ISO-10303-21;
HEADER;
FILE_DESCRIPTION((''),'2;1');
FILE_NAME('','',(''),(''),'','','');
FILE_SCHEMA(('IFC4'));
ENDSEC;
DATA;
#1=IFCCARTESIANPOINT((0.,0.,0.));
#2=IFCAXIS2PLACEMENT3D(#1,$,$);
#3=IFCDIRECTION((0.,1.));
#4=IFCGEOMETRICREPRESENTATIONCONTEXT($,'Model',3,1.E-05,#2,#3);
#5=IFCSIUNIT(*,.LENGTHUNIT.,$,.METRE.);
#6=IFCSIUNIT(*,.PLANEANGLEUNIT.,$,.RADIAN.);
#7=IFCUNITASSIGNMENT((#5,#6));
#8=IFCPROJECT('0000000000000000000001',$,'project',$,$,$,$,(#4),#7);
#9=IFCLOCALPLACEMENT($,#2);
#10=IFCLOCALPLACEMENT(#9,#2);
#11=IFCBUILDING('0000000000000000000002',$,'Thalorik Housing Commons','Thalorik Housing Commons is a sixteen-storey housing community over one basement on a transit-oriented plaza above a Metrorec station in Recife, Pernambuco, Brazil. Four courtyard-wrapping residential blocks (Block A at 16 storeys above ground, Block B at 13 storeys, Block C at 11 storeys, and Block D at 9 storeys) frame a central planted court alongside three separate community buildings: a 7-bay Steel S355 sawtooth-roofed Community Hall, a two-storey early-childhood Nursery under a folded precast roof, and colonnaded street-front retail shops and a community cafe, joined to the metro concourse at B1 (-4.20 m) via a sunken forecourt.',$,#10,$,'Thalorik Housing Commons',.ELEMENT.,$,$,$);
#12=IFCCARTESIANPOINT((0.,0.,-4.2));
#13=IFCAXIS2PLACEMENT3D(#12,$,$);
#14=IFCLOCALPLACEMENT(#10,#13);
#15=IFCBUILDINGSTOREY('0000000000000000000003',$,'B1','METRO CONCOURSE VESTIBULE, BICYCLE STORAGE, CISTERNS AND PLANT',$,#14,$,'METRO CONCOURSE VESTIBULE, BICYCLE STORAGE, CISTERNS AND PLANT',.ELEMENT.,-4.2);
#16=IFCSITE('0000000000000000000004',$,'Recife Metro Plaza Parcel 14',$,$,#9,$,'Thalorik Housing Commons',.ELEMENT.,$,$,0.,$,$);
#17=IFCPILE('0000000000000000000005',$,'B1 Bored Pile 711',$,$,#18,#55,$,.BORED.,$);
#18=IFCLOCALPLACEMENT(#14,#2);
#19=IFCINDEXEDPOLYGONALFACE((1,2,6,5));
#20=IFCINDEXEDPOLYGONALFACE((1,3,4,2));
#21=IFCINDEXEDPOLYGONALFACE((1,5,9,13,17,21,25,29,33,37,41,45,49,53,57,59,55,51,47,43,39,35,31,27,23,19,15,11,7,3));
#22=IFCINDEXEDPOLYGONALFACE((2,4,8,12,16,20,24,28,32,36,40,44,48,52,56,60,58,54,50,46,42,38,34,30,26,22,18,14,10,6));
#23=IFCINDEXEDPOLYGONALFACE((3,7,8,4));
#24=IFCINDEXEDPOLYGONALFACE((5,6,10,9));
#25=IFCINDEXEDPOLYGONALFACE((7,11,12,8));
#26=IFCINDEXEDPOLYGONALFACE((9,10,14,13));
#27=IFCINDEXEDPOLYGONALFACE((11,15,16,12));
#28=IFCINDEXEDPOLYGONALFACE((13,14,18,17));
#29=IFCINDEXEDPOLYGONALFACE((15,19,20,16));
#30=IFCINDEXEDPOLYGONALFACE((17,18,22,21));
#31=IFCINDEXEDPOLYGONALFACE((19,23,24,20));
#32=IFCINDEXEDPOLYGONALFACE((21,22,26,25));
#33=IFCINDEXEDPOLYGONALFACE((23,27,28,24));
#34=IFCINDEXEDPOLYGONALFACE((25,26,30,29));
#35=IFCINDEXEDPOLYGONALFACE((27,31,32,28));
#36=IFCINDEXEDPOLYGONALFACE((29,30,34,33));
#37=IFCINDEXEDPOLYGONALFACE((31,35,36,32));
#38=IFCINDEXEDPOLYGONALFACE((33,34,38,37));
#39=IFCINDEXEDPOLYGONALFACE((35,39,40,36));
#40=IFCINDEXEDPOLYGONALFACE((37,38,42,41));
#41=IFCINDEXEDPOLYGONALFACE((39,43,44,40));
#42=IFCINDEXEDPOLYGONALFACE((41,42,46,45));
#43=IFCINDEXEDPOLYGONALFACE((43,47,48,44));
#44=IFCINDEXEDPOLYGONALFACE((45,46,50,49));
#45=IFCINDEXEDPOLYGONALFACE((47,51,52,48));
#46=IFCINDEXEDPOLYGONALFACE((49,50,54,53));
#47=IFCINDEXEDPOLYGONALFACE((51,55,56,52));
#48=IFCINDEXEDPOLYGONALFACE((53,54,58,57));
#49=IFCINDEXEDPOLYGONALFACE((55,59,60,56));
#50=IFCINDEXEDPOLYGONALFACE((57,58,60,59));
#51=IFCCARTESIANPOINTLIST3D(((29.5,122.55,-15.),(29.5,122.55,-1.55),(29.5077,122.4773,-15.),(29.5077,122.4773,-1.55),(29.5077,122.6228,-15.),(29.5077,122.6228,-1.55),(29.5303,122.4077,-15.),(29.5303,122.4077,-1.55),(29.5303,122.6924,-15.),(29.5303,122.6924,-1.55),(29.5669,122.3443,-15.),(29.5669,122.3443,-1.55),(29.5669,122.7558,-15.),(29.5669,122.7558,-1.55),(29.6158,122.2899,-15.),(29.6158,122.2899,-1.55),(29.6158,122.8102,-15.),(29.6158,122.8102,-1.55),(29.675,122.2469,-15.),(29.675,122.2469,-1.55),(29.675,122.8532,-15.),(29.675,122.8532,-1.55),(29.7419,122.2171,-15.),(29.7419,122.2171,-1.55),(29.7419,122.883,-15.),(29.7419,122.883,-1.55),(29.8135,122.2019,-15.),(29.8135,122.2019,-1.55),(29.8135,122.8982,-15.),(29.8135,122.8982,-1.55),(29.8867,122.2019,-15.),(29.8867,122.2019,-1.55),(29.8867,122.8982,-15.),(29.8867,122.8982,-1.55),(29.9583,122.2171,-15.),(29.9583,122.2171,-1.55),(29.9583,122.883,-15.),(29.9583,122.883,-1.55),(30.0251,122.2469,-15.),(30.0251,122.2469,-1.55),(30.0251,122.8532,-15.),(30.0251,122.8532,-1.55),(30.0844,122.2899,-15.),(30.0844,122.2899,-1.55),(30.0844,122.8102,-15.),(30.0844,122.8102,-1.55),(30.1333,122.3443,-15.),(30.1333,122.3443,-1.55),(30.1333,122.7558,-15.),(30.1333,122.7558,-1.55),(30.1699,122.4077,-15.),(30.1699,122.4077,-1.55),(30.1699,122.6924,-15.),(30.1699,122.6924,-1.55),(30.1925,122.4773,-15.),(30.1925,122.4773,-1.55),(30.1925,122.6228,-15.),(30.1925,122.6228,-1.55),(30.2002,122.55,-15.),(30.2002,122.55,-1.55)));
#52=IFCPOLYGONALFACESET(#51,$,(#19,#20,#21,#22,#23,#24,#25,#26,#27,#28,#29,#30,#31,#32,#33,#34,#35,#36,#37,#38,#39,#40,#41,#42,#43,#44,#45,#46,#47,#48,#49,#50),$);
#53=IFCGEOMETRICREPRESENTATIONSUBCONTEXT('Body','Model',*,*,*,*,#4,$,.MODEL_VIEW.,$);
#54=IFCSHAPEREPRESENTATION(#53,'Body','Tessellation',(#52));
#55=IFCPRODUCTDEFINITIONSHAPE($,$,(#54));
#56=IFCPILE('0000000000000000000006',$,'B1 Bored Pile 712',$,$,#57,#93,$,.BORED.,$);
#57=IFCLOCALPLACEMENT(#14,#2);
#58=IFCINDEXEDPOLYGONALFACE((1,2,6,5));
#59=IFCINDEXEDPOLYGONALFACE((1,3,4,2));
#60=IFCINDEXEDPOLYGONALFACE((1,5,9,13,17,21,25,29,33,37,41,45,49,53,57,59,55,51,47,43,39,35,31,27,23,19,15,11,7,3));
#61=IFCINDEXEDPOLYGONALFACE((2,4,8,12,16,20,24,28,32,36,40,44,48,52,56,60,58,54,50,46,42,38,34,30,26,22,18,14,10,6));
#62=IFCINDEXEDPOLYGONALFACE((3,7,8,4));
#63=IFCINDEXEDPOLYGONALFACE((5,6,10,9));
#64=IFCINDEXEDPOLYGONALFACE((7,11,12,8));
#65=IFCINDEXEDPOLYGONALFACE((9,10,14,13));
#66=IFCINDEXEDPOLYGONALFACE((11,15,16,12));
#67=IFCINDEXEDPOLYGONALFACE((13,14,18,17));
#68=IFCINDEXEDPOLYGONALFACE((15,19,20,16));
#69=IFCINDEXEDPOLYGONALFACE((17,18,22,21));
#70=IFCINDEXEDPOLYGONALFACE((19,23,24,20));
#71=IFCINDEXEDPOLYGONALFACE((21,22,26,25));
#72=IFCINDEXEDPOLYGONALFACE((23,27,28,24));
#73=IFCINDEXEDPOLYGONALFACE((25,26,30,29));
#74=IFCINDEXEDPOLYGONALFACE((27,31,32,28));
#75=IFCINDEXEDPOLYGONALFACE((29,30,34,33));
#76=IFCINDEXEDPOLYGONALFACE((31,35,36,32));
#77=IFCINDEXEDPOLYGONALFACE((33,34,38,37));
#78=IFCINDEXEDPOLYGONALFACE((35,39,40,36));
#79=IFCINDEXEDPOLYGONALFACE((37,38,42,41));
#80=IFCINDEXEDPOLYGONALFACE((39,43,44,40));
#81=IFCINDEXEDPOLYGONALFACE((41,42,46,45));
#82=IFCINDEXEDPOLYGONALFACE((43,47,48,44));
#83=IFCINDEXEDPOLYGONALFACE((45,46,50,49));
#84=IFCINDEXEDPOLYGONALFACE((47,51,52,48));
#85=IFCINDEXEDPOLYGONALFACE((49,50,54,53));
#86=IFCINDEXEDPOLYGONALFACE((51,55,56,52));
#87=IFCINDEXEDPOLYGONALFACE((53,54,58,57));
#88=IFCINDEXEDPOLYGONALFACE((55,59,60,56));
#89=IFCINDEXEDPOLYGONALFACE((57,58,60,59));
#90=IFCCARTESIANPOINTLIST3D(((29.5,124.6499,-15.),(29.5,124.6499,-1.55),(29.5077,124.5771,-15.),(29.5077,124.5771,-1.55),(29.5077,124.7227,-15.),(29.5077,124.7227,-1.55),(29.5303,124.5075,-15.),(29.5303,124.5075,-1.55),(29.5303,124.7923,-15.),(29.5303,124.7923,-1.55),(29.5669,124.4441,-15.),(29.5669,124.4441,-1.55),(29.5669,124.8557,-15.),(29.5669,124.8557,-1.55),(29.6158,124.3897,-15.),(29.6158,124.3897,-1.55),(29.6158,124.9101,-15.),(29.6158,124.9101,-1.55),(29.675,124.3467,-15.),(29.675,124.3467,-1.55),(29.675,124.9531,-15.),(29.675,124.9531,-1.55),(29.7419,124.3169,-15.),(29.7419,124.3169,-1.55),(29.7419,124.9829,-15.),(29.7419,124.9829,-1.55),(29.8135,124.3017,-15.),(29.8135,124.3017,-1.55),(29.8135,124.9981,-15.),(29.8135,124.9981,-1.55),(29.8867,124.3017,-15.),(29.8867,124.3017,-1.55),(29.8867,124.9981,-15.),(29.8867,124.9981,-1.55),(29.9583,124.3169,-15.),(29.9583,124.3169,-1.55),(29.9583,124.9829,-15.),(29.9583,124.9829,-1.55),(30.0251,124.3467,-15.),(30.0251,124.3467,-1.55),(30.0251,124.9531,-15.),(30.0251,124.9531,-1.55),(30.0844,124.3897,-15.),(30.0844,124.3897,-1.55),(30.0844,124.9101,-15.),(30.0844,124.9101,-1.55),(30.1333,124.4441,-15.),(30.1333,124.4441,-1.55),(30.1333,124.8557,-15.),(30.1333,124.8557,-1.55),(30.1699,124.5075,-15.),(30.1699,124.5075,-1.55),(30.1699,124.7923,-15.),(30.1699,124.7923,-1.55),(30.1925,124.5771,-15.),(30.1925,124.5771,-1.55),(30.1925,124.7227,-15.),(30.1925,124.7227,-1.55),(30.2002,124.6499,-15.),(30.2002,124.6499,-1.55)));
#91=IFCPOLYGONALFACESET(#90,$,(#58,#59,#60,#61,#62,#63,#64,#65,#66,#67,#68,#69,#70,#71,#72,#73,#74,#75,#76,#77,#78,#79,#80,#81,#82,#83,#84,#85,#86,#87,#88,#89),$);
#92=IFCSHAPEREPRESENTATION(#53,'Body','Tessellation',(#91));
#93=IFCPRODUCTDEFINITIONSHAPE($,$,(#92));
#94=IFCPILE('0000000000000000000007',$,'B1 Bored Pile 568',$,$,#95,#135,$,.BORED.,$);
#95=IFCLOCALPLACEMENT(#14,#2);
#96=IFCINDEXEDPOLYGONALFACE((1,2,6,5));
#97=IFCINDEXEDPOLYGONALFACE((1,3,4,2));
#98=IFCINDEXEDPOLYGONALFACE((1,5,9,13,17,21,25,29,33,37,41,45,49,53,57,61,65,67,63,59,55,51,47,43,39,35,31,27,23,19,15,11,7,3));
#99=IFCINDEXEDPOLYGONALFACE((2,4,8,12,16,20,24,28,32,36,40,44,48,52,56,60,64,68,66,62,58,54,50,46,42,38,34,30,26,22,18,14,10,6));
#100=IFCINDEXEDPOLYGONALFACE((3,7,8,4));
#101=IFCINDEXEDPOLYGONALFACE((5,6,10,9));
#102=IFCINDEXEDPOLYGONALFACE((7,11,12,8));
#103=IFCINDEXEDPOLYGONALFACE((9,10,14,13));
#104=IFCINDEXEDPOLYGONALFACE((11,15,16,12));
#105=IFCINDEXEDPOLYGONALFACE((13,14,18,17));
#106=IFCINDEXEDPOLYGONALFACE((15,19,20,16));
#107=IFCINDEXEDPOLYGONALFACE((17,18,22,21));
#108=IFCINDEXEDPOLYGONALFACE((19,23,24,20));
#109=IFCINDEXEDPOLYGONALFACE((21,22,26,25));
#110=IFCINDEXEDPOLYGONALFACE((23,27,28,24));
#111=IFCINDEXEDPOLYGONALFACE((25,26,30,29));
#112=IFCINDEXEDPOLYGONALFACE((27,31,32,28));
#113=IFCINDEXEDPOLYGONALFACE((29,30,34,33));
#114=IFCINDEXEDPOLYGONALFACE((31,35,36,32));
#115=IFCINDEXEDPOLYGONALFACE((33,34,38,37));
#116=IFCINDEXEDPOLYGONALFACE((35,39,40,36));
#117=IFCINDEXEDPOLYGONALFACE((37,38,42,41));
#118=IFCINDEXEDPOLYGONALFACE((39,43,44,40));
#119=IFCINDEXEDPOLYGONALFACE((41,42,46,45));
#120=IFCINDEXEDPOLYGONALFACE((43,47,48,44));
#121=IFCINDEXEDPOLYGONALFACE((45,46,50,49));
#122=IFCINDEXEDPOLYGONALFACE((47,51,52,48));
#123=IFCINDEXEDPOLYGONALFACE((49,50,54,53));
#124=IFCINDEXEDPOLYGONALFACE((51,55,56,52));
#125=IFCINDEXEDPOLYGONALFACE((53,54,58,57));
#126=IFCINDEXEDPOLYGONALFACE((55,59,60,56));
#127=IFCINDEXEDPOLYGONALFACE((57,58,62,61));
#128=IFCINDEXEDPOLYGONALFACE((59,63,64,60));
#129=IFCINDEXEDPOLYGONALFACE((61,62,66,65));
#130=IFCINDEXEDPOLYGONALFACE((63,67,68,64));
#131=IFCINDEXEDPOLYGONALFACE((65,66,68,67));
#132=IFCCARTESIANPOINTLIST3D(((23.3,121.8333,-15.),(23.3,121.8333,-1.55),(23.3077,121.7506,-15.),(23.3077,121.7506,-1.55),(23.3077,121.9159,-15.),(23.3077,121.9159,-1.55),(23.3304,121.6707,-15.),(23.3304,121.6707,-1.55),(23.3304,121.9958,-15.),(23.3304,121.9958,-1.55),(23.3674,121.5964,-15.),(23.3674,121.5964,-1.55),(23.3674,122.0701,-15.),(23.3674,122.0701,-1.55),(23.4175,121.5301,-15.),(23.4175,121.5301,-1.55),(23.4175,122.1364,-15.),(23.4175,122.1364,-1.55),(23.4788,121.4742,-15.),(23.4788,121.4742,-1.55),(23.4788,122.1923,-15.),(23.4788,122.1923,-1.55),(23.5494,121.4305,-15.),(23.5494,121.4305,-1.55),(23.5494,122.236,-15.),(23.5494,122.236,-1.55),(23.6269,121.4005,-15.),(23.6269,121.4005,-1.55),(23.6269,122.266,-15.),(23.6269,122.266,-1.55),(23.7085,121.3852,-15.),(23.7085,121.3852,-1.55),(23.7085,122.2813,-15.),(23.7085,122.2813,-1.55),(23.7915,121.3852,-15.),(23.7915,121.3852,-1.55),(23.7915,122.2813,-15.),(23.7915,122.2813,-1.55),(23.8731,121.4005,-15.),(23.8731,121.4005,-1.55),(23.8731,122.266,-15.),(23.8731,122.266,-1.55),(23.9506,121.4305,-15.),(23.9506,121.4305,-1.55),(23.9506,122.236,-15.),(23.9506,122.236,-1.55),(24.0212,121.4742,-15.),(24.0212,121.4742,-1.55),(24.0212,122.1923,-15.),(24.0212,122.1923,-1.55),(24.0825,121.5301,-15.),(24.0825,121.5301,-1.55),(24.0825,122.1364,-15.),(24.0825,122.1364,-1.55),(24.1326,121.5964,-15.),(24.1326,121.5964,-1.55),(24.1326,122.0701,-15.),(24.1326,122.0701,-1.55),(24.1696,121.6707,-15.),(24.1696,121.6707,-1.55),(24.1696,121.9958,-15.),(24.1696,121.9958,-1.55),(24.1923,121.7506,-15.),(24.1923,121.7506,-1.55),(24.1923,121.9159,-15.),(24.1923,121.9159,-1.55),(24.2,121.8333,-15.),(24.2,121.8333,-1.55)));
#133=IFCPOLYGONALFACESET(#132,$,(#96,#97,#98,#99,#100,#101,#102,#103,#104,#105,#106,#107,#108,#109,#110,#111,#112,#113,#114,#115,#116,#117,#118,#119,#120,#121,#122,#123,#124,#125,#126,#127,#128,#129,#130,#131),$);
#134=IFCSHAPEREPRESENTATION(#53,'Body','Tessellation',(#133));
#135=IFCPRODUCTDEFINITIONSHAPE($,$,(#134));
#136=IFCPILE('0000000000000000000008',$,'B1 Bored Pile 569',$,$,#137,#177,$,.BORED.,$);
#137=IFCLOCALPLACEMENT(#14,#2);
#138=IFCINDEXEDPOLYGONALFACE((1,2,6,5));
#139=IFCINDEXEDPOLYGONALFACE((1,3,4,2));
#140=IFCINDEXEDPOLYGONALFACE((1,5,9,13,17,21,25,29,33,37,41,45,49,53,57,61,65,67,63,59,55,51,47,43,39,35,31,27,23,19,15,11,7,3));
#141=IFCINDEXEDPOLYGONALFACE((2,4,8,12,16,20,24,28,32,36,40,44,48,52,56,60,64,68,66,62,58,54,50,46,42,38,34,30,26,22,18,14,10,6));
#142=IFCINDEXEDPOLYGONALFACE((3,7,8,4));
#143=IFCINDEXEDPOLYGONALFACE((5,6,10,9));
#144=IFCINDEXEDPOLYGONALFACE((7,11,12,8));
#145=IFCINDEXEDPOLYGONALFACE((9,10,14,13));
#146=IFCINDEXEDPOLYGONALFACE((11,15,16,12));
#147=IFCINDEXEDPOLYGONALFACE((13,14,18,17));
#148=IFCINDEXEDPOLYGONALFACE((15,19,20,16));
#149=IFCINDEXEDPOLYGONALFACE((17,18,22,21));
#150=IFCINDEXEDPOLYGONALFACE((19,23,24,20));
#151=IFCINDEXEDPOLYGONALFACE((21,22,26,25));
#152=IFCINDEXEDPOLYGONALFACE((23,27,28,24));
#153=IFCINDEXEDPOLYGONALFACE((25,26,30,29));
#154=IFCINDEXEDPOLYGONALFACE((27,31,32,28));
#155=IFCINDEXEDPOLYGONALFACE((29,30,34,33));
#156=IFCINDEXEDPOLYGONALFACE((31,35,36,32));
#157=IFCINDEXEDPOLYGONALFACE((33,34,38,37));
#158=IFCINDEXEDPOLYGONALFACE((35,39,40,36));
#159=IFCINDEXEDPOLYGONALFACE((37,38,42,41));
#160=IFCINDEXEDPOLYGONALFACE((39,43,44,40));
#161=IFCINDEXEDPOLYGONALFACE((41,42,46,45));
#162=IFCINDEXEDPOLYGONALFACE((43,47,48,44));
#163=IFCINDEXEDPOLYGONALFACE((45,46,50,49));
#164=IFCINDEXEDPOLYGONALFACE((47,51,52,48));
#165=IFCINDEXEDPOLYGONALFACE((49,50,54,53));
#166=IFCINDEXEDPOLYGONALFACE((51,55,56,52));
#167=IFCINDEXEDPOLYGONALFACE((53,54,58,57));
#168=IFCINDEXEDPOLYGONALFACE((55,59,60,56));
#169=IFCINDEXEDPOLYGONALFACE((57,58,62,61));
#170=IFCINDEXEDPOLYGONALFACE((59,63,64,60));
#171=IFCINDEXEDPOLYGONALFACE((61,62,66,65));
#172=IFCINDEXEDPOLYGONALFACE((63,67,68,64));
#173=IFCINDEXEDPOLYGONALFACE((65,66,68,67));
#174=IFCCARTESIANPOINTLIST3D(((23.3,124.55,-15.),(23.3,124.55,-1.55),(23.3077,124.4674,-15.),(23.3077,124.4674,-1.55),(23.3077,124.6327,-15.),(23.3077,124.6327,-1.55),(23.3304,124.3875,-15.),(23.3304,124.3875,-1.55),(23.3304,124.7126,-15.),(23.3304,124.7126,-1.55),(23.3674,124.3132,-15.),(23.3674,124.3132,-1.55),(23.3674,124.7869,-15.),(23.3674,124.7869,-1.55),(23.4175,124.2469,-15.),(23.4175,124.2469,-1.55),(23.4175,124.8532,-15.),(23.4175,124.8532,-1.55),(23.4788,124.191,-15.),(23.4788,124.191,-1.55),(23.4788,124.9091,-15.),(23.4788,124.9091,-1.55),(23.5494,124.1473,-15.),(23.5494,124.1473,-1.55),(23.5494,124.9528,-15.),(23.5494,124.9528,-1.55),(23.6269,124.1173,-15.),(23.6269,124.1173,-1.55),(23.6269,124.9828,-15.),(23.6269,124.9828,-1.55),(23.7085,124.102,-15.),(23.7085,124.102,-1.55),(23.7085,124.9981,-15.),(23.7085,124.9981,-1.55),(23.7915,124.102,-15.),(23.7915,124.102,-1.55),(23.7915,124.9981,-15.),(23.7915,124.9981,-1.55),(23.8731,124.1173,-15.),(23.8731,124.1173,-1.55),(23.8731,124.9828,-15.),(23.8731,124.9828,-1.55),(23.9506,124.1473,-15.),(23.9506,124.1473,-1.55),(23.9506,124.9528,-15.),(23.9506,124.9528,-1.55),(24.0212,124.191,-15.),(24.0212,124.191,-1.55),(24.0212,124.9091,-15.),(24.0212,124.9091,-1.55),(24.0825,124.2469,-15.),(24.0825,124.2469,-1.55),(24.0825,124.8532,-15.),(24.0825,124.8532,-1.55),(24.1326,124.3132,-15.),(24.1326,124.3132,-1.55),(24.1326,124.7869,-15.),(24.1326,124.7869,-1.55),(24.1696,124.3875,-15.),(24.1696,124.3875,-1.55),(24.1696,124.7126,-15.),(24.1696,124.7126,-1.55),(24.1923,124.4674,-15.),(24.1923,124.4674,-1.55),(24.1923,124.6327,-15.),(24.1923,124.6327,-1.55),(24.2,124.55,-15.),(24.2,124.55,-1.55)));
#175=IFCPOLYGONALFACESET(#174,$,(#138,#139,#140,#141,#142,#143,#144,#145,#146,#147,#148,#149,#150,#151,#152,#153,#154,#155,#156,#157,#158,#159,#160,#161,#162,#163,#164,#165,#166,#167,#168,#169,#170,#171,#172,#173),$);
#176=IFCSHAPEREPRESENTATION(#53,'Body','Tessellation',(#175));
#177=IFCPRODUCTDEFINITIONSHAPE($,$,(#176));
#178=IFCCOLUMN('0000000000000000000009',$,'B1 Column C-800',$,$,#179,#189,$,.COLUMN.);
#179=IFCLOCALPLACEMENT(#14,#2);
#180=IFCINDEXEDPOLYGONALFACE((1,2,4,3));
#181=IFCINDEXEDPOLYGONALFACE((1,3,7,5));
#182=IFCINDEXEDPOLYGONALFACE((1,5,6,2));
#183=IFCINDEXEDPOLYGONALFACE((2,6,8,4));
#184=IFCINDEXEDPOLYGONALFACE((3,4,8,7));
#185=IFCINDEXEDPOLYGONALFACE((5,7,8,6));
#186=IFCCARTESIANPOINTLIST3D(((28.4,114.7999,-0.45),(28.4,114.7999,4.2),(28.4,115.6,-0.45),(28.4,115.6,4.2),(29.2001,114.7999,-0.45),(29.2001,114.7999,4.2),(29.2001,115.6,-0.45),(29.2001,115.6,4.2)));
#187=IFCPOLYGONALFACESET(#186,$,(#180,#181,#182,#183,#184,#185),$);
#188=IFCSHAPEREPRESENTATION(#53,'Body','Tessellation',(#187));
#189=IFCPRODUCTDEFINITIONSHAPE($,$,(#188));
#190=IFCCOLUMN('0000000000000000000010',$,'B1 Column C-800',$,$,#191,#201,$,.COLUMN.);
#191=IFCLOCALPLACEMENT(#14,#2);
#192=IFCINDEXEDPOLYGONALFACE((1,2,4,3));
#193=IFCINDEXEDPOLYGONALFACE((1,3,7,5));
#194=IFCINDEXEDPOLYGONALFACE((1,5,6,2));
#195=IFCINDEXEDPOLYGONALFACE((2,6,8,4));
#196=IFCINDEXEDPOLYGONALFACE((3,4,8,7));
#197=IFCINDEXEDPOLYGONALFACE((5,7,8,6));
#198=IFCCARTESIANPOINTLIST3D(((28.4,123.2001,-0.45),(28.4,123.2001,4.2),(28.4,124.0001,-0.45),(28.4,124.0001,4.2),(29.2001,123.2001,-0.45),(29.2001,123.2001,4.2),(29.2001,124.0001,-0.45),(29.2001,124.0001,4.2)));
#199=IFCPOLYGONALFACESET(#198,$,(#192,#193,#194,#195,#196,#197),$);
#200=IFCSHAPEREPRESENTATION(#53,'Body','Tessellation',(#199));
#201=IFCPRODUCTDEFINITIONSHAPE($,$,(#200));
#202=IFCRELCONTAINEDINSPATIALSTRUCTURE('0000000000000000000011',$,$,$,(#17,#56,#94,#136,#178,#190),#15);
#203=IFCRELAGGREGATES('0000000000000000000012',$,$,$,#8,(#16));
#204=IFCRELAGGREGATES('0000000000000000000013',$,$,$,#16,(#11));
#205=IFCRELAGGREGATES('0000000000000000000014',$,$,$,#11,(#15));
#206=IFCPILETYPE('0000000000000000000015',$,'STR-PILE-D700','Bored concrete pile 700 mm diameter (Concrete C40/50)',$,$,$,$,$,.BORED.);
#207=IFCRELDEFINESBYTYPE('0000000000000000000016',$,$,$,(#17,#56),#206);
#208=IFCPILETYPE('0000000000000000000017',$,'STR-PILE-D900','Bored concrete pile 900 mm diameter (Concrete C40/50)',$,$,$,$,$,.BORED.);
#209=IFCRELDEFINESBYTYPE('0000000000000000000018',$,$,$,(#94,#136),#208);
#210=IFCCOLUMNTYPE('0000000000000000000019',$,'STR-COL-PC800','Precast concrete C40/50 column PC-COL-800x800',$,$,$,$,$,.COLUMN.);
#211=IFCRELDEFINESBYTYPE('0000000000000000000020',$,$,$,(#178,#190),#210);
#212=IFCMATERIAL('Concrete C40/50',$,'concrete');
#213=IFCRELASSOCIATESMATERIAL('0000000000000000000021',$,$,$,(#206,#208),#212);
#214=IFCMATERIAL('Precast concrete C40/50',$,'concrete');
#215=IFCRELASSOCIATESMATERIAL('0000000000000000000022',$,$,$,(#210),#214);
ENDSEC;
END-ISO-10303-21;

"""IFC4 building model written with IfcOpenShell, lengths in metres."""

from ifc_helpers import new_model, si_unit, direction, frame, origin, origin_2d, place, context, subcontext, project, spatial, rectangle, circle, extrude, material, material_profile, profile_set, type_object, element, save


model = new_model("IFC4")

# Units and contexts
model_context = context("Model", 3, precision=1e-05, world=origin(), true_north=direction((0.0, 1.0)))
body_context = subcontext(model_context, "Body", "Model", "MODEL_VIEW")
ifc_project = project(units=[si_unit("LENGTHUNIT", "METRE"), si_unit("PLANEANGLEUNIT", "RADIAN")], contexts=[model_context])

# Site, building, storey
site_placement = place(None, origin())
site = spatial("IfcSite", under=ifc_project, at=site_placement, Name="Recife Metro Plaza Parcel 14", LongName="Thalorik Housing Commons", CompositionType="ELEMENT", RefElevation=0.0)
building_placement = place(site_placement, origin())
building = spatial("IfcBuilding", under=site, at=building_placement, Name="Thalorik Housing Commons", Description="Thalorik Housing Commons is a sixteen-storey housing community over one basement on a transit-oriented plaza above a Metrorec station in Recife, Pernambuco, Brazil. Four courtyard-wrapping residential blocks (Block A at 16 storeys above ground, Block B at 13 storeys, Block C at 11 storeys, and Block D at 9 storeys) frame a central planted court alongside three separate community buildings: a 7-bay Steel S355 sawtooth-roofed Community Hall, a two-storey early-childhood Nursery under a folded precast roof, and colonnaded street-front retail shops and a community cafe, joined to the metro concourse at B1 (-4.20 m) via a sunken forecourt.", LongName="Thalorik Housing Commons", CompositionType="ELEMENT")
storey_placement = place(building_placement, frame((0.0, 0.0, -4.2)))
storey = spatial("IfcBuildingStorey", under=building, at=storey_placement, Name="B1", Description="METRO CONCOURSE VESTIBULE, BICYCLE STORAGE, CISTERNS AND PLANT", LongName="METRO CONCOURSE VESTIBULE, BICYCLE STORAGE, CISTERNS AND PLANT", CompositionType="ELEMENT", Elevation=-4.2)

# Shared definitions
ifc_material_1 = material(Name="Concrete C40/50", Category="concrete")

# Piles
ifc_material_profile_1 = material_profile(ifc_material_1, circle(Radius=0.3501, at=origin_2d()), Name="BORED PILE D700", Category="concrete")
ifc_profile_set_1 = profile_set([ifc_material_profile_1], Name="Concrete C40/50")
pile_type_1 = type_object("IfcPileType", Name="STR-PILE-D700", Description="Bored concrete pile 700 mm diameter (Concrete C40/50)", PredefinedType="BORED", material=ifc_profile_set_1)
for number, where, z_axis, x_axis, name in (
    (1, (29.8501, 122.55, -1.55), (0.0, 0.0, -1.0), (1.0, 0.0, 0.0), "B1 Bored Pile 711"),
    (2, (29.8501, 124.6499, -1.55), (0.0, 0.0, -1.0), (1.0, 0.0, 0.0), "B1 Bored Pile 712"),
):
    element("IfcPile", number, at=place(storey_placement, frame(where, z_axis=z_axis, x_axis=x_axis)), inside=storey, type_object=pile_type_1, Name=name, PredefinedType="BORED", context=body_context, shape_type="SweptSolid", body=[
        extrude(circle(Radius=0.3501, at=origin_2d()), origin(), (0.0, 0.0, 1.0), 13.45),
    ])
ifc_material_profile_2 = material_profile(ifc_material_1, circle(Radius=0.45, at=origin_2d()), Name="BORED PILE D900", Category="concrete")
ifc_profile_set_2 = profile_set([ifc_material_profile_2], Name="Concrete C40/50")
pile_type_2 = type_object("IfcPileType", Name="STR-PILE-D900", Description="Bored concrete pile 900 mm diameter (Concrete C40/50)", PredefinedType="BORED", material=ifc_profile_set_2)
for number, where, z_axis, x_axis, name in (
    (3, (23.75, 121.8333, -1.55), (0.0, 0.0, -1.0), (1.0, 0.0, 0.0), "B1 Bored Pile 568"),
    (4, (23.75, 124.55, -1.55), (0.0, 0.0, -1.0), (1.0, 0.0, 0.0), "B1 Bored Pile 569"),
):
    element("IfcPile", number, at=place(storey_placement, frame(where, z_axis=z_axis, x_axis=x_axis)), inside=storey, type_object=pile_type_2, Name=name, PredefinedType="BORED", context=body_context, shape_type="SweptSolid", body=[
        extrude(circle(Radius=0.45, at=origin_2d()), origin(), (0.0, 0.0, 1.0), 13.45),
    ])

# Columns
ifc_material_2 = material(Name="Precast concrete C40/50", Category="concrete")
ifc_material_profile_3 = material_profile(ifc_material_2, rectangle(XDim=0.8, YDim=0.8, at=origin_2d()), Name="PC 800x800", Category="concrete")
ifc_profile_set_3 = profile_set([ifc_material_profile_3], Name="Precast concrete C40/50")
column_type = type_object("IfcColumnType", Name="STR-COL-PC800", Description="Precast concrete C40/50 column PC-COL-800x800", PredefinedType="COLUMN", material=ifc_profile_set_3)
for number, where, z_axis, x_axis, name in (
    (5, (28.8, 115.2, -0.45), (0.0, 0.0, 1.0), (1.0, 0.0, 0.0), "B1 Column C-800"),
    (6, (28.8, 123.6001, -0.45), (0.0, 0.0, 1.0), (1.0, 0.0, 0.0), "B1 Column C-800"),
):
    element("IfcColumn", number, at=place(storey_placement, frame(where, z_axis=z_axis, x_axis=x_axis)), inside=storey, type_object=column_type, Name=name, PredefinedType="COLUMN", context=body_context, shape_type="SweptSolid", body=[
        extrude(rectangle(XDim=0.8, YDim=0.8, at=origin_2d()), origin(), (0.0, 0.0, 1.0), 4.6499),
    ])

save(model, "model.ifc")
